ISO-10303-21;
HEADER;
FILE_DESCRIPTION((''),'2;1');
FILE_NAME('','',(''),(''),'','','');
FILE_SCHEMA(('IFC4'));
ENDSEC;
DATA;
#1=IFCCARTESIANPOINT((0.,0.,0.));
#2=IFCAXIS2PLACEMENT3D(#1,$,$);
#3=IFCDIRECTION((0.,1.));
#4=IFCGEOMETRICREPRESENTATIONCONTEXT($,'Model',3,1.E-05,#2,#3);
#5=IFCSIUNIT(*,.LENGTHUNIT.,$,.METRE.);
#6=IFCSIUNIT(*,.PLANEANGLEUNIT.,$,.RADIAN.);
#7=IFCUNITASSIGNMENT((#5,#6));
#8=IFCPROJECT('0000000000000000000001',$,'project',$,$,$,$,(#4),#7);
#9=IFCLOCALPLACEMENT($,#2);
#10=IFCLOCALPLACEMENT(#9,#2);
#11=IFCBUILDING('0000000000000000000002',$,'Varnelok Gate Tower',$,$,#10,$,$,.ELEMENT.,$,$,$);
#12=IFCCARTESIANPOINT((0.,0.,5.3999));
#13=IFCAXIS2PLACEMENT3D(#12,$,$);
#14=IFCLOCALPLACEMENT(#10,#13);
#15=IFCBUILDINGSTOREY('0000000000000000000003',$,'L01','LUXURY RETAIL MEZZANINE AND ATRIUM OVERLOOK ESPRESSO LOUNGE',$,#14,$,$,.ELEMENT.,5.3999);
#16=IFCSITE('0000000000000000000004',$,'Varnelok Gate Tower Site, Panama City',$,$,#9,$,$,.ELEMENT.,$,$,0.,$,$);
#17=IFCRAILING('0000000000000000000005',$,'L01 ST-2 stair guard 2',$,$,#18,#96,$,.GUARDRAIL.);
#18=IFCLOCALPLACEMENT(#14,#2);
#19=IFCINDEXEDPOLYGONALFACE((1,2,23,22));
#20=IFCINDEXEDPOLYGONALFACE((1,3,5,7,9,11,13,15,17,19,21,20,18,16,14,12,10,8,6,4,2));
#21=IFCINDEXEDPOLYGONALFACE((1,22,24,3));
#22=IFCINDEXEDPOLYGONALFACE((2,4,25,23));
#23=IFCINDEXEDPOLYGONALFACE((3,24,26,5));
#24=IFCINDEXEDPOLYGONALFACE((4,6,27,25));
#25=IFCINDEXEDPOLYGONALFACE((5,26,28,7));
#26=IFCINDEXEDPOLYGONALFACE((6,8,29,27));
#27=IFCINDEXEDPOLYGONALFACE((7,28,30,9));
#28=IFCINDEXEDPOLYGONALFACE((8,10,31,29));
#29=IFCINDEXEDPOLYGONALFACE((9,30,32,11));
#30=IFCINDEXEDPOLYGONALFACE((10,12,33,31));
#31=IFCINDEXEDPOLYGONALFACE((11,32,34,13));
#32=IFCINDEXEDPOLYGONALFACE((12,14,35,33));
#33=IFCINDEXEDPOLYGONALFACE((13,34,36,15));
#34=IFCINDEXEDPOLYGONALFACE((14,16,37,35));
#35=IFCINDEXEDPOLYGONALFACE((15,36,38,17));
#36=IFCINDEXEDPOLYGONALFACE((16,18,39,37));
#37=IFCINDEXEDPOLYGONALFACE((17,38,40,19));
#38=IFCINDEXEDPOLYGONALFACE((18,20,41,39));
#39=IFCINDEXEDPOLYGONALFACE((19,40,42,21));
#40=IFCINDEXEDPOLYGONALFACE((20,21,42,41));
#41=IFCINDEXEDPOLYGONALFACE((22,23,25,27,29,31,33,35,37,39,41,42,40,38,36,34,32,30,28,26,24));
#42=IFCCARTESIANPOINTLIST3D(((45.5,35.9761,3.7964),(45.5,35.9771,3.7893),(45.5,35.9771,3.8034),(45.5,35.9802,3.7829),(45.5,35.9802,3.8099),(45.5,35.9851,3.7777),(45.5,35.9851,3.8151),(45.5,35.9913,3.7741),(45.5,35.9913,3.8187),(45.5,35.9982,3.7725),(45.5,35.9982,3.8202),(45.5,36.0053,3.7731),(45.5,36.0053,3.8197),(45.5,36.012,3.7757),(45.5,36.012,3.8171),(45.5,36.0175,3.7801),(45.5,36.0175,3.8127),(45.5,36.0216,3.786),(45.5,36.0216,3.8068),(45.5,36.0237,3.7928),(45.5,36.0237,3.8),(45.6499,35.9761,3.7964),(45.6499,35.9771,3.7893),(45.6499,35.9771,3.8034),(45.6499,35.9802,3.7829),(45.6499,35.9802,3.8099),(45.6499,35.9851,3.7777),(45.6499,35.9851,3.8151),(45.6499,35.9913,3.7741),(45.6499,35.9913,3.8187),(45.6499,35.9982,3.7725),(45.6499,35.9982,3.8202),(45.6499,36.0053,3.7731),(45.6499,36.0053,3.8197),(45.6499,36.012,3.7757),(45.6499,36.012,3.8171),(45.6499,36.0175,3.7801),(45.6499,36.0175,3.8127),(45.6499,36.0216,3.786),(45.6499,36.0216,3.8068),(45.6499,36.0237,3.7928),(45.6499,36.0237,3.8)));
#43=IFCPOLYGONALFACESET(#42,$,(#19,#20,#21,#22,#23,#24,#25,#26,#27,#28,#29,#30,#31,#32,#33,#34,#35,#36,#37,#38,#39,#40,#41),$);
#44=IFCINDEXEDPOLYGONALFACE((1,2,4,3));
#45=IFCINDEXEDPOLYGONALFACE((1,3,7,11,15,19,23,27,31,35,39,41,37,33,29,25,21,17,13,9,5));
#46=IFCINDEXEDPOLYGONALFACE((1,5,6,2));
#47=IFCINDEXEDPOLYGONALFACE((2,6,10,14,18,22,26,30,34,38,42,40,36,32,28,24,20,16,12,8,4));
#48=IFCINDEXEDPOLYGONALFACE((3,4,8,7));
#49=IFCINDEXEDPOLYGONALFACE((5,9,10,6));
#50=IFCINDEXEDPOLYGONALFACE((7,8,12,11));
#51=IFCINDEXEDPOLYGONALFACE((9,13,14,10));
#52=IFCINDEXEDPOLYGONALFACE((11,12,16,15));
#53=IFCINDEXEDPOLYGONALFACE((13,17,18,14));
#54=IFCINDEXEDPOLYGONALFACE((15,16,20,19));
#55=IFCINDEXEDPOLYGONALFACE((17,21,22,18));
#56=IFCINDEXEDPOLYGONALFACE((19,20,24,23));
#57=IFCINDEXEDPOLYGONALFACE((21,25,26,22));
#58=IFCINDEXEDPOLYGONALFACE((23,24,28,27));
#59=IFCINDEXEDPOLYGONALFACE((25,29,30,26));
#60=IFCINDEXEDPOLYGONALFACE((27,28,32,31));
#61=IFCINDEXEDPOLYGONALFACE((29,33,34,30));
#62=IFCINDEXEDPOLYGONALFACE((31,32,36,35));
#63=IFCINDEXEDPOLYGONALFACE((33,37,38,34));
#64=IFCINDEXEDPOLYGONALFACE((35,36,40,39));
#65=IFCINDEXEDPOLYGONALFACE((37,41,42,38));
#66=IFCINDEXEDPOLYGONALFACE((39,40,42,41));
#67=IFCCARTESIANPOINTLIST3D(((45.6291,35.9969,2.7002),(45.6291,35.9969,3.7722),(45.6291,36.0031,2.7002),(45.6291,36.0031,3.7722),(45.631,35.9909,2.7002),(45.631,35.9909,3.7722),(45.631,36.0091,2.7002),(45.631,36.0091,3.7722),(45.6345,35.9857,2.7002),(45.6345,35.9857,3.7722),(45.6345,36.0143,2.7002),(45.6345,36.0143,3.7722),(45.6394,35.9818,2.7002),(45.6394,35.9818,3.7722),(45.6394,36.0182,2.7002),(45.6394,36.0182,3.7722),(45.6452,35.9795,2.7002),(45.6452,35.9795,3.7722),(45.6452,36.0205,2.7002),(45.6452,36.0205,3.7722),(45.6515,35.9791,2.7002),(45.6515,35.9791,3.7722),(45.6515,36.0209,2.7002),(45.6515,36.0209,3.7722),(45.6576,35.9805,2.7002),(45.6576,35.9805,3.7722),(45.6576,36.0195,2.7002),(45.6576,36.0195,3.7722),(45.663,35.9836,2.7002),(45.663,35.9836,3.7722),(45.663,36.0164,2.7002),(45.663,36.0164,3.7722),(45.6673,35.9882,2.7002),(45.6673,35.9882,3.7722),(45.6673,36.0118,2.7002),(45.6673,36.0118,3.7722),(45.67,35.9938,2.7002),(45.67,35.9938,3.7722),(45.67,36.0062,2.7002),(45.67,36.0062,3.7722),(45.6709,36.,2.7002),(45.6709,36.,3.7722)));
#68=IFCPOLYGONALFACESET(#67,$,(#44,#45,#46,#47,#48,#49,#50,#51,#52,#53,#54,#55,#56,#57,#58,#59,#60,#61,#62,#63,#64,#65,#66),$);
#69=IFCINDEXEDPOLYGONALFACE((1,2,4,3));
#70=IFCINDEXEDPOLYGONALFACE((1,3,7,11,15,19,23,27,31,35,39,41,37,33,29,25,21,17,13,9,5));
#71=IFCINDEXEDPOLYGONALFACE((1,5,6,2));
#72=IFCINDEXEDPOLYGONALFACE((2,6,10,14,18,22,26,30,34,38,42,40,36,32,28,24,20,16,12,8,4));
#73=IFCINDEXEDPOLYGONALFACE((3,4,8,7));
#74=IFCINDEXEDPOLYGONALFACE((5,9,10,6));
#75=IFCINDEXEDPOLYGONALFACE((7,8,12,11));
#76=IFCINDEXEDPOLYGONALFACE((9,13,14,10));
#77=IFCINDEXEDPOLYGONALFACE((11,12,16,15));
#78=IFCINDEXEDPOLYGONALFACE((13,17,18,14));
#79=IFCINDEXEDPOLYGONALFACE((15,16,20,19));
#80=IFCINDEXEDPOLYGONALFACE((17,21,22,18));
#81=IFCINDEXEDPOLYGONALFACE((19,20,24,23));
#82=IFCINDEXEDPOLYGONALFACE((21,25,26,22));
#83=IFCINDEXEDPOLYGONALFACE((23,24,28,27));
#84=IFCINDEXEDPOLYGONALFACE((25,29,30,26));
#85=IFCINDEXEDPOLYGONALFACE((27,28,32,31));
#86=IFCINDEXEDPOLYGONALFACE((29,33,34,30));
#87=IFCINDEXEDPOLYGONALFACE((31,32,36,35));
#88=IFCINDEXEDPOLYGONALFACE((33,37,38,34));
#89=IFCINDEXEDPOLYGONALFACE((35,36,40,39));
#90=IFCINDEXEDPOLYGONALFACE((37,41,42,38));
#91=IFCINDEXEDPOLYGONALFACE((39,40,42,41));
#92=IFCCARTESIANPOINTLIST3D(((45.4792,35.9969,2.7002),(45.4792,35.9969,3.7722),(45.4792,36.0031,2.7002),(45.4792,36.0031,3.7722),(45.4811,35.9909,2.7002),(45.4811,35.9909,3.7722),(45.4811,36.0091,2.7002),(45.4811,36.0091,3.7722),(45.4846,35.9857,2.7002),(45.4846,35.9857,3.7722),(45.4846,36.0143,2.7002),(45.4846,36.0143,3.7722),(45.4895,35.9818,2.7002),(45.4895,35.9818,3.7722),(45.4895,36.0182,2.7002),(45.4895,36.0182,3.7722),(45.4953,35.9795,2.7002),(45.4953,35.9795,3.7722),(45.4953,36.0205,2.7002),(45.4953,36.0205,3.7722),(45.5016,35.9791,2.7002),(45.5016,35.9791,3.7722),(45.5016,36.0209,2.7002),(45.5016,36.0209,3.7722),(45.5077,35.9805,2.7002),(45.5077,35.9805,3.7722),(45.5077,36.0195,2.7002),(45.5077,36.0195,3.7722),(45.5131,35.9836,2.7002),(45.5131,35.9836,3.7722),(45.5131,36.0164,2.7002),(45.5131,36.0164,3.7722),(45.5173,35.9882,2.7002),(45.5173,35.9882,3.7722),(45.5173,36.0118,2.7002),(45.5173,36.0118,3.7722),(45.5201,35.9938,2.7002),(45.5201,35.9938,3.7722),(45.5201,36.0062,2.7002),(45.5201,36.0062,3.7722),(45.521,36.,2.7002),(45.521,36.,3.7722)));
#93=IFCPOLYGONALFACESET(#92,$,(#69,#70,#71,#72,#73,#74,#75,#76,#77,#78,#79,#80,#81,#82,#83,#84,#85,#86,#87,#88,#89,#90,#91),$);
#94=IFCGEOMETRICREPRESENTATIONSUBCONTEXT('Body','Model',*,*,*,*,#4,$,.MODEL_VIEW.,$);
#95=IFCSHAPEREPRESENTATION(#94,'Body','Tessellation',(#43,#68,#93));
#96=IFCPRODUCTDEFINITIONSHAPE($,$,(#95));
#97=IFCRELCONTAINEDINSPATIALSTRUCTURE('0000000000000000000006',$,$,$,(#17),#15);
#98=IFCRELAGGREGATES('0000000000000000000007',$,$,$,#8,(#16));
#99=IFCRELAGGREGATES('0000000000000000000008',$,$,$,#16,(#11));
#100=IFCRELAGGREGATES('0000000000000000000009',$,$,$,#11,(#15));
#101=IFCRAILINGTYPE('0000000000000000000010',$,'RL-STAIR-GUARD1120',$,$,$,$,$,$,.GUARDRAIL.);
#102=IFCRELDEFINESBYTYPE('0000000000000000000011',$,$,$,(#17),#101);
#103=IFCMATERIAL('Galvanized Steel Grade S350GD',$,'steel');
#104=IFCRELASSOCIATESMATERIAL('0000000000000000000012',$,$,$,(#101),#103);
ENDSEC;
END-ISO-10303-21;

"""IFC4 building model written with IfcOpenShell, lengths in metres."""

from ifc_helpers import new_model, si_unit, direction, frame, origin, origin_2d, place, context, subcontext, project, spatial, circle, extrude, material, type_object, element, save


model = new_model("IFC4")

# Units and contexts
model_context = context("Model", 3, precision=1e-05, world=origin(), true_north=direction((0.0, 1.0)))
body_context = subcontext(model_context, "Body", "Model", "MODEL_VIEW")
ifc_project = project(units=[si_unit("LENGTHUNIT", "METRE"), si_unit("PLANEANGLEUNIT", "RADIAN")], contexts=[model_context])

# Site, building, storey
site_placement = place(None, origin())
site = spatial("IfcSite", under=ifc_project, at=site_placement, Name="Varnelok Gate Tower Site, Panama City", CompositionType="ELEMENT", RefElevation=0.0)
building_placement = place(site_placement, origin())
building = spatial("IfcBuilding", under=site, at=building_placement, Name="Varnelok Gate Tower", CompositionType="ELEMENT")
storey_placement = place(building_placement, frame((0.0, 0.0, 5.3999)))
storey = spatial("IfcBuildingStorey", under=building, at=storey_placement, Name="L01", Description="LUXURY RETAIL MEZZANINE AND ATRIUM OVERLOOK ESPRESSO LOUNGE", CompositionType="ELEMENT", Elevation=5.3999)

# Shared definitions
ifc_material_1 = material(Name="Galvanized Steel Grade S350GD", Category="steel")

# Railing
railing_type_1 = type_object("IfcRailingType", Name="RL-STAIR-GUARD1120", PredefinedType="GUARDRAIL", material=ifc_material_1)
railing_1_placement = place(storey_placement, frame((45.6499, 36.0, 2.7002)))
element("IfcRailing", 1, at=railing_1_placement, inside=storey, type_object=railing_type_1, Name="L01 ST-2 stair guard 2", PredefinedType="GUARDRAIL", context=body_context, shape_type="SweptSolid", body=[
    extrude(circle(Radius=0.0239, at=origin_2d()), frame((0.0, 0.0, 1.0962), z_axis=(-1.0, 0.0, 0.0), x_axis=(0.0, -1.0, 0.0)), (0.0, 0.0, 1.0), 0.1499),
    extrude(circle(Radius=0.021, at=origin_2d()), origin(), (0.0, 0.0, 1.0), 1.072),
    extrude(circle(Radius=0.021, at=origin_2d()), frame((-0.1499, 0.0, 0.0)), (0.0, 0.0, 1.0), 1.072),
])

save(model, "model.ifc")
